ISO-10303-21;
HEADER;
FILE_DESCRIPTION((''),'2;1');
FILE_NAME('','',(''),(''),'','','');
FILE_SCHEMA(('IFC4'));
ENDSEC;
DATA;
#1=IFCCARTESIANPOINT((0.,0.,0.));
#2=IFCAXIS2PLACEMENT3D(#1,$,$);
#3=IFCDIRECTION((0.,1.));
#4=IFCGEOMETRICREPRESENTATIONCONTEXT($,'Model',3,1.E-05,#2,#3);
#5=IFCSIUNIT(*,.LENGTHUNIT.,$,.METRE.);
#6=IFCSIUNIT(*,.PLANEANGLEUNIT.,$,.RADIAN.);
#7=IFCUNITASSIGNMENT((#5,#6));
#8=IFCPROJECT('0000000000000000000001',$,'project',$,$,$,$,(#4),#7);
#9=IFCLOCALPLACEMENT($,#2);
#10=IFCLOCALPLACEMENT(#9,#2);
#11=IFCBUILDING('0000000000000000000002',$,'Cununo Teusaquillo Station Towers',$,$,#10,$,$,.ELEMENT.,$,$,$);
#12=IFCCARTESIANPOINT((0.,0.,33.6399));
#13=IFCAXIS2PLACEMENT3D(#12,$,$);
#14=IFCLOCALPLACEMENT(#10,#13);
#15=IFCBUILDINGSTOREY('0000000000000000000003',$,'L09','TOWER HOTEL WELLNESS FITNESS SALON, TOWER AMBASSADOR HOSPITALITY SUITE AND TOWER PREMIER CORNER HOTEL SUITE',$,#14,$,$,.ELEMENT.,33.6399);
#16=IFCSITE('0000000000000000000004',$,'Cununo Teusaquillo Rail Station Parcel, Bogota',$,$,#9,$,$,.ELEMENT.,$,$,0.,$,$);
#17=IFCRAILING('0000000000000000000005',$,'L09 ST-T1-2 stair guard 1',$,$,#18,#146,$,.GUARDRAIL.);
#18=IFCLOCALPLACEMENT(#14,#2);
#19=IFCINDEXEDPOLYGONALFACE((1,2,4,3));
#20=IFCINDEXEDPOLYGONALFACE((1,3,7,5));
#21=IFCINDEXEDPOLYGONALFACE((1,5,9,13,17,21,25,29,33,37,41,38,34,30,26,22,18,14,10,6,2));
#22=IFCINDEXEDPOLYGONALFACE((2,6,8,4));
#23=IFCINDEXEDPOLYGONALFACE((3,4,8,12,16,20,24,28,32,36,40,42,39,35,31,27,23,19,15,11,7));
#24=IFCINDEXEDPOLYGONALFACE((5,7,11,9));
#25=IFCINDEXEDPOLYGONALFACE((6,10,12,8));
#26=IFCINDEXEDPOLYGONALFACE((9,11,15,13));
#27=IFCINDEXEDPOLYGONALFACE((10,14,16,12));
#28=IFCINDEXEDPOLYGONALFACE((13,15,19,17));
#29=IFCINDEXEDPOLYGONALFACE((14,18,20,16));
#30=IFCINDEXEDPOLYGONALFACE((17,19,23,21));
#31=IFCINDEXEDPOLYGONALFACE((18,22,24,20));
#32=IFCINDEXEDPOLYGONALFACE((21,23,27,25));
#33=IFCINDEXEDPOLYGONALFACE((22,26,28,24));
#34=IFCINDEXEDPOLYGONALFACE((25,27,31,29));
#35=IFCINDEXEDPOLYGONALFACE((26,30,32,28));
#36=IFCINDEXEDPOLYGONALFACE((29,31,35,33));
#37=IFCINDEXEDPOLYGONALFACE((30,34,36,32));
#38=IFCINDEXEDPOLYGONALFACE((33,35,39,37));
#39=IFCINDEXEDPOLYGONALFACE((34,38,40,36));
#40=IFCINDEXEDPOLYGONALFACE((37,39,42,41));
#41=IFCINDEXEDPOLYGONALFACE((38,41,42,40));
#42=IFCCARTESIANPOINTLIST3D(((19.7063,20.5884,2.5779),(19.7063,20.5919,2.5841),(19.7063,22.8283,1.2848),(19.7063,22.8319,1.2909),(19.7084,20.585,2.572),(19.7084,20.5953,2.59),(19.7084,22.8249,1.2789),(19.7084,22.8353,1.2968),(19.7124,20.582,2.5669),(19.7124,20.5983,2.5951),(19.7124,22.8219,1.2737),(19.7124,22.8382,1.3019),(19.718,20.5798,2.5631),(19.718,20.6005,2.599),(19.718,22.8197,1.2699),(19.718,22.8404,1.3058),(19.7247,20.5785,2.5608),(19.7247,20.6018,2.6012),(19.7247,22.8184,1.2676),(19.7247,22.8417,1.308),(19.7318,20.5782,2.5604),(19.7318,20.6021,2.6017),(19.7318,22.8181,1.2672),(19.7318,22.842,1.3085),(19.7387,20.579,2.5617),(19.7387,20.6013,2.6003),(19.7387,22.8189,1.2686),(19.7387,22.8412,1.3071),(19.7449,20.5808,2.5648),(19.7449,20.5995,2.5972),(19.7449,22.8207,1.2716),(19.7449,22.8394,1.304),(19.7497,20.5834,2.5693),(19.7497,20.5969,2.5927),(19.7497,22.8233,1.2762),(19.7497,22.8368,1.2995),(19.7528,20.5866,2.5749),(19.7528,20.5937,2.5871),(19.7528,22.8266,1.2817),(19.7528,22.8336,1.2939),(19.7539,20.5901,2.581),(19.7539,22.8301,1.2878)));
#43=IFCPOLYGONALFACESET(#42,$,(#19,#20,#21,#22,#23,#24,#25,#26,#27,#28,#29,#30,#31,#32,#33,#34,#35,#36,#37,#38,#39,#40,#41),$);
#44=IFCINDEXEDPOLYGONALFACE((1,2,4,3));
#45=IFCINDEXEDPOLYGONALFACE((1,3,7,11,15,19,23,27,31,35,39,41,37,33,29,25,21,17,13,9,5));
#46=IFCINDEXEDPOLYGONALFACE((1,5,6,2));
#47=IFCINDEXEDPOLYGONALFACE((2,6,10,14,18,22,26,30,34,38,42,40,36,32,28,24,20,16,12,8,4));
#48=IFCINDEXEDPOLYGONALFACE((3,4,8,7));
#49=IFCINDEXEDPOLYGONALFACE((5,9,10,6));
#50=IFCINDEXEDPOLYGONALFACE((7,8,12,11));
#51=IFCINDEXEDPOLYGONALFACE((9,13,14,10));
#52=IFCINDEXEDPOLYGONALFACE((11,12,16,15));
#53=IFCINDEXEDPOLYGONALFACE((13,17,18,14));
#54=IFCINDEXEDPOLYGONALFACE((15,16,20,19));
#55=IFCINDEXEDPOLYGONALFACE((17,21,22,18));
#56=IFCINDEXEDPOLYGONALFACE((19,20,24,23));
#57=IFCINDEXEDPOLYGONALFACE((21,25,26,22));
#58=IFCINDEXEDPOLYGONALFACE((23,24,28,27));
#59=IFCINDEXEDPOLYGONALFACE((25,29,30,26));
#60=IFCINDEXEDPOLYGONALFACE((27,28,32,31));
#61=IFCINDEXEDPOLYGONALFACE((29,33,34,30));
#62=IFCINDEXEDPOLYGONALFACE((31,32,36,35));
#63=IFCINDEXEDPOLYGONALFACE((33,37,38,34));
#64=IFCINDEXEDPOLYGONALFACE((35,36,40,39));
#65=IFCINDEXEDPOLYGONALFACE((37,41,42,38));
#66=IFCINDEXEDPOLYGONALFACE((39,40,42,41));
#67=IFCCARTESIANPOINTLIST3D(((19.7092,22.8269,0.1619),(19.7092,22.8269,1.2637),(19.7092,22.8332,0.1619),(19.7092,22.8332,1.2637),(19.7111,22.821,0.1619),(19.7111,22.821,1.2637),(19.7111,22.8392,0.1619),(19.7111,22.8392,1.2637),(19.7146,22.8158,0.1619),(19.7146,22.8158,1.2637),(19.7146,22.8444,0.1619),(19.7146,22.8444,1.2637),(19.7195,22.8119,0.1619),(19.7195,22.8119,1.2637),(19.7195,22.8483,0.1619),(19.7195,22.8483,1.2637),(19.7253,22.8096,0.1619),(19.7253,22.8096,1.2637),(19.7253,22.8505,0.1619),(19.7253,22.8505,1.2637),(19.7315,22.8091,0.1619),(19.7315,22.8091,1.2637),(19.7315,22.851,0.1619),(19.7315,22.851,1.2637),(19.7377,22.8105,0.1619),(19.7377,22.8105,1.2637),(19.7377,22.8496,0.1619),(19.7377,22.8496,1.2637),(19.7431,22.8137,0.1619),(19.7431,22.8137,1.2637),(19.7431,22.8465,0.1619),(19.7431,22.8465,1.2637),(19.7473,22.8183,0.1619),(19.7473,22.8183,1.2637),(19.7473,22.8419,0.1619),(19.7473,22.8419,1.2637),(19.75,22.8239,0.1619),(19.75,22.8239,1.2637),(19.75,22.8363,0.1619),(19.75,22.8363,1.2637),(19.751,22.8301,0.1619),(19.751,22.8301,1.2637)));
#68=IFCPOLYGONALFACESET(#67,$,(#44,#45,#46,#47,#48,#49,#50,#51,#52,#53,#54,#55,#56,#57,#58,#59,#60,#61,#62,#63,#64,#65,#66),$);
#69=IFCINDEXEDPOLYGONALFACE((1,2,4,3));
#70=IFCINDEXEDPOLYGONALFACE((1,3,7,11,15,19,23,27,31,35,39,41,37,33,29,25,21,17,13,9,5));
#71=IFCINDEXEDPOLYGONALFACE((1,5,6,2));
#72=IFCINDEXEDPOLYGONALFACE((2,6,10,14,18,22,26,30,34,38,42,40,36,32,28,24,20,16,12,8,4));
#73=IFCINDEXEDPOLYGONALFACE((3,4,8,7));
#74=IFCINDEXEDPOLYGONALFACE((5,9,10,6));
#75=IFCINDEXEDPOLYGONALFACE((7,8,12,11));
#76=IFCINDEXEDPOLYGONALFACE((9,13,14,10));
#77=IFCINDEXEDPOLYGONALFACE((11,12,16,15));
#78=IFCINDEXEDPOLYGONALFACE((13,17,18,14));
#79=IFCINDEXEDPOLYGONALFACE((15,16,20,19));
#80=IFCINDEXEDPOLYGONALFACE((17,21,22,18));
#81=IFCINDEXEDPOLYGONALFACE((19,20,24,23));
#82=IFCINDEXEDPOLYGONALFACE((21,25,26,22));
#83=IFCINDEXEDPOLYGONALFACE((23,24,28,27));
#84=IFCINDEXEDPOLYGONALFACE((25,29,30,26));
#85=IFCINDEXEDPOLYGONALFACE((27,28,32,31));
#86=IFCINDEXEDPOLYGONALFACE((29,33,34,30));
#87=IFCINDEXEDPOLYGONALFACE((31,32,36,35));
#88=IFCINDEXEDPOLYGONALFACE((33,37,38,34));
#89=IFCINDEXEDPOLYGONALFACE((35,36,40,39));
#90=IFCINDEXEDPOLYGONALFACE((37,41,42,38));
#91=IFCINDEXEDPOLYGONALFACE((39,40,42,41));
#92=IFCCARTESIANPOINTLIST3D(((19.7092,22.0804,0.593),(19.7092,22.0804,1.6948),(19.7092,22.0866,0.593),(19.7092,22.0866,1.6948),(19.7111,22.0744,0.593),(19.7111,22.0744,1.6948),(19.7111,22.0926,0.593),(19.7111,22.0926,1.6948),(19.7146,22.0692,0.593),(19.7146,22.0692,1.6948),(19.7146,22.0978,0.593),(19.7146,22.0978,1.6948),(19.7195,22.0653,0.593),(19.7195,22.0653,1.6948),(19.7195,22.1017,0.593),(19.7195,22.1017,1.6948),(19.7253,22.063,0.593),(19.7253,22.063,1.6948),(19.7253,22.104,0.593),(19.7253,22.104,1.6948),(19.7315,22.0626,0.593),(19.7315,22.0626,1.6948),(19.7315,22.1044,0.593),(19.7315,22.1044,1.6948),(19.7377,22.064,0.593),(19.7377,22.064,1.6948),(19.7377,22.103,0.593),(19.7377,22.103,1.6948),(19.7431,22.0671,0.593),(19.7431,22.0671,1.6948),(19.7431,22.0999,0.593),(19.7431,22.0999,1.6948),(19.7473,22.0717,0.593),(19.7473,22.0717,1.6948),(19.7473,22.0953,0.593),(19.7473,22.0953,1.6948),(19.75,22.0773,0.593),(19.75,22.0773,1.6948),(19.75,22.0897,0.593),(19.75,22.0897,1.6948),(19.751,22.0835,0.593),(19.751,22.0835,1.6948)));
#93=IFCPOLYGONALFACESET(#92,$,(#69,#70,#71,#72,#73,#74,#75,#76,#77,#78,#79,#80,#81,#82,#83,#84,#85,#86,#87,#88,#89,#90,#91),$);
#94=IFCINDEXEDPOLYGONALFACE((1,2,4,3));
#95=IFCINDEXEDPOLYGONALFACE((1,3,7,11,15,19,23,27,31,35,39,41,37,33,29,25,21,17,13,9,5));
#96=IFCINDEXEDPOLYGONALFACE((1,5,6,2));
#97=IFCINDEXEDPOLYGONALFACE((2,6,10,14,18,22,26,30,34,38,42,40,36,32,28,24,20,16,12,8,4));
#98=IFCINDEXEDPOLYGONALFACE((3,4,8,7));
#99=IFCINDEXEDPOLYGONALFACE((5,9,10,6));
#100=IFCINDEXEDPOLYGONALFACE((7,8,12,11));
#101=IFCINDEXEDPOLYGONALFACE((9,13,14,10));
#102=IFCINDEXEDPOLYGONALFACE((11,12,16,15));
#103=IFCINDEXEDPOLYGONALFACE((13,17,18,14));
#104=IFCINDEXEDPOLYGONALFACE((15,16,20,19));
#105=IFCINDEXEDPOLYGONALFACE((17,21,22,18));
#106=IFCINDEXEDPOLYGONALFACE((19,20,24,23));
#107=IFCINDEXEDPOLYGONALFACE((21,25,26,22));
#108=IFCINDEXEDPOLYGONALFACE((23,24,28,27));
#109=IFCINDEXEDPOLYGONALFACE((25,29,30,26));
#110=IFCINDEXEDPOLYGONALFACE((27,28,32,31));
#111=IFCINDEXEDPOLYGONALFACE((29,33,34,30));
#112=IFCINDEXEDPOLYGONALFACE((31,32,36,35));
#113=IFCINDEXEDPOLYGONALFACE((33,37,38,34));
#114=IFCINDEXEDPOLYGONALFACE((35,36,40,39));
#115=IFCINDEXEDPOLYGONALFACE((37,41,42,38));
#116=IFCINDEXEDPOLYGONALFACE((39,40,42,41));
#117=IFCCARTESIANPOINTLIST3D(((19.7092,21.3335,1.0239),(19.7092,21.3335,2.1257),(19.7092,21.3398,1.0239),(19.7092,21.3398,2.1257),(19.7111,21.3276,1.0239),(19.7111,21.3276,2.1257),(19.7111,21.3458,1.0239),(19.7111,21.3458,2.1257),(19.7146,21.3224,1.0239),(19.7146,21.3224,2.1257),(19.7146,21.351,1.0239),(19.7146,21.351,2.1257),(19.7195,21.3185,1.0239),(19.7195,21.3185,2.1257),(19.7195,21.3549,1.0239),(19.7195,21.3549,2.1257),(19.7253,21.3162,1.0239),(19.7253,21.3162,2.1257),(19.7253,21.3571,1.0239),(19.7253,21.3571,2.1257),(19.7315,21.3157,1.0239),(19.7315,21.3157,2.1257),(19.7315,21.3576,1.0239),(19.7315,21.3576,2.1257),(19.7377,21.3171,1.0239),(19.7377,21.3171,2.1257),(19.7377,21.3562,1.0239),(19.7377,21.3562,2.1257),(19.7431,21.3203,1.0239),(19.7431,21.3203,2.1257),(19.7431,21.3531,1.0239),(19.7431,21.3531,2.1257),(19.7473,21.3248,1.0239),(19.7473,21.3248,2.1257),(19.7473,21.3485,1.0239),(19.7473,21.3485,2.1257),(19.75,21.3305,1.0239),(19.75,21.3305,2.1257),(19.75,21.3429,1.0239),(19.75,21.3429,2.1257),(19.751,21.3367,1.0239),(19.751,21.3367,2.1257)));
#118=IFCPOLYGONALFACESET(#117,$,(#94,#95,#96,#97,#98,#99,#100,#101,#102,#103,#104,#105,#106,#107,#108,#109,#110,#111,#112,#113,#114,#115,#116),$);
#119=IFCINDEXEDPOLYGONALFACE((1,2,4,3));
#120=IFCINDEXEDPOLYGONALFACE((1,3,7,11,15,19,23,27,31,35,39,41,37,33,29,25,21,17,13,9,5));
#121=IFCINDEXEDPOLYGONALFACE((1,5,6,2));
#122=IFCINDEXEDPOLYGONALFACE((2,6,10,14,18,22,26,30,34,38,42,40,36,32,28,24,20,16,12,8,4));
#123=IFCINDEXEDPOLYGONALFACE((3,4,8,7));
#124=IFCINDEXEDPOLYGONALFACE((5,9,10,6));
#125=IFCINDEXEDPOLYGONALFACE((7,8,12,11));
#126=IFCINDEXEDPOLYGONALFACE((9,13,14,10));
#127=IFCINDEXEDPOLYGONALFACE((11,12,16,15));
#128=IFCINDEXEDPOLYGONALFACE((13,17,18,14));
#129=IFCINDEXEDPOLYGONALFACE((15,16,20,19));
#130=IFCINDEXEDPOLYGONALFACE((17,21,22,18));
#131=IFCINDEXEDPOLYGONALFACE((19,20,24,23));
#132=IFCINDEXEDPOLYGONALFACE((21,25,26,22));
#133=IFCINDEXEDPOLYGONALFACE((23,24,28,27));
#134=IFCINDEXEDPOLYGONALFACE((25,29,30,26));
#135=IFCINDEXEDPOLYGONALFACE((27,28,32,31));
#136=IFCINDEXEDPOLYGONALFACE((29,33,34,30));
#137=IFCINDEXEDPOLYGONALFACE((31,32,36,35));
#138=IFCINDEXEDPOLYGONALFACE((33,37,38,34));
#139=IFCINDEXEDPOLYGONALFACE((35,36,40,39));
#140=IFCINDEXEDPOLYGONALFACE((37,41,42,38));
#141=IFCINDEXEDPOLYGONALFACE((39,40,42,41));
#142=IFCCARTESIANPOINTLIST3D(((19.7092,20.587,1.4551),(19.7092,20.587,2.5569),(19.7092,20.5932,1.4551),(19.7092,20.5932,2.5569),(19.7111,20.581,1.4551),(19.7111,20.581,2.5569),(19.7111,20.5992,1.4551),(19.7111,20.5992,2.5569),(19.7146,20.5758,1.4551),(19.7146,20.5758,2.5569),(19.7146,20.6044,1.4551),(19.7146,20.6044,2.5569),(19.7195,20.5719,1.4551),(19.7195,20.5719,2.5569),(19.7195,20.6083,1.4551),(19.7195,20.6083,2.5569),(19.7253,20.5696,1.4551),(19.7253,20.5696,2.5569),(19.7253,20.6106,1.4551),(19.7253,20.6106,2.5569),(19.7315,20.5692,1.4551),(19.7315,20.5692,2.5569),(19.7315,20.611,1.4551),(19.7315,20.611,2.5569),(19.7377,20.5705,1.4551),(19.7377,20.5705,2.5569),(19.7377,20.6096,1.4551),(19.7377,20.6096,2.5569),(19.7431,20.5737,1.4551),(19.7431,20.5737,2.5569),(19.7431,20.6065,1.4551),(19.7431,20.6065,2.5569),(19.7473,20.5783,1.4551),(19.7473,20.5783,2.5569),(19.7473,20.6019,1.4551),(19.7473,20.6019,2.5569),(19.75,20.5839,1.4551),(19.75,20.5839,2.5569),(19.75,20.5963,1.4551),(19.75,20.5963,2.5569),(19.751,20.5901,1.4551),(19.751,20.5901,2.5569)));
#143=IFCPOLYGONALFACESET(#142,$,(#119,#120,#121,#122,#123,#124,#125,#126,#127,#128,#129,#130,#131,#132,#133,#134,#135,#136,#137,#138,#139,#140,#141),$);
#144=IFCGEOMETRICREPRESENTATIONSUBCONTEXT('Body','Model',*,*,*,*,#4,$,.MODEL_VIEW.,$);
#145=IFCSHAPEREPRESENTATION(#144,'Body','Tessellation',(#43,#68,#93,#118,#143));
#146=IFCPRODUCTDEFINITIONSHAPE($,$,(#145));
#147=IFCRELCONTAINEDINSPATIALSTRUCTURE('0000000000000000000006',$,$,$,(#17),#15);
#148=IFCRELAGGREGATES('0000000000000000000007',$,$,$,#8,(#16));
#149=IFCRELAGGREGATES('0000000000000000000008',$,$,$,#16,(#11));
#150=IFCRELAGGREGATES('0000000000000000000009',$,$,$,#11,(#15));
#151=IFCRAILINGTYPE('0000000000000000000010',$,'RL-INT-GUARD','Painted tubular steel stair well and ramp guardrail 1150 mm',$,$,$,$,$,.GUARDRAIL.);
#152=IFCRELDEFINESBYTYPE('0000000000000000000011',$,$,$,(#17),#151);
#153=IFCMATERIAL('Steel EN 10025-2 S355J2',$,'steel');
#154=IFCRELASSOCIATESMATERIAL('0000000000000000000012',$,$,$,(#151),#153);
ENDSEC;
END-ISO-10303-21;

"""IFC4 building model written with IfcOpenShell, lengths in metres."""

from ifc_helpers import new_model, si_unit, direction, frame, origin, origin_2d, place, context, subcontext, project, spatial, circle, extrude, material, type_object, element, save


model = new_model("IFC4")

# Units and contexts
model_context = context("Model", 3, precision=1e-05, world=origin(), true_north=direction((0.0, 1.0)))
body_context = subcontext(model_context, "Body", "Model", "MODEL_VIEW")
ifc_project = project(units=[si_unit("LENGTHUNIT", "METRE"), si_unit("PLANEANGLEUNIT", "RADIAN")], contexts=[model_context])

# Site, building, storey
site_placement = place(None, origin())
site = spatial("IfcSite", under=ifc_project, at=site_placement, Name="Cununo Teusaquillo Rail Station Parcel, Bogota", CompositionType="ELEMENT", RefElevation=0.0)
building_placement = place(site_placement, origin())
building = spatial("IfcBuilding", under=site, at=building_placement, Name="Cununo Teusaquillo Station Towers", CompositionType="ELEMENT")
storey_placement = place(building_placement, frame((0.0, 0.0, 33.6399)))
storey = spatial("IfcBuildingStorey", under=building, at=storey_placement, Name="L09", Description="TOWER HOTEL WELLNESS FITNESS SALON, TOWER AMBASSADOR HOSPITALITY SUITE AND TOWER PREMIER CORNER HOTEL SUITE", CompositionType="ELEMENT", Elevation=33.6399)

# Railing
ifc_material_1 = material(Name="Steel EN 10025-2 S355J2", Category="steel")
railing_type_1 = type_object("IfcRailingType", Name="RL-INT-GUARD", Description="Painted tubular steel stair well and ramp guardrail 1150 mm", PredefinedType="GUARDRAIL", material=ifc_material_1)
railing_1_placement = place(storey_placement, frame((19.73, 22.8301, 0.1619)))
element("IfcRailing", 1, at=railing_1_placement, inside=storey, type_object=railing_type_1, Name="L09 ST-T1-2 stair guard 1", PredefinedType="GUARDRAIL", context=body_context, shape_type="SweptSolid", body=[
    extrude(circle(Radius=0.0239, at=origin_2d()), frame((0.0, 0.0, 1.126), z_axis=(0.0, -0.866033, 0.499987), x_axis=(1.0, 0.0, 0.0)), (0.0, 0.0, 1.0), 2.5864),
    extrude(circle(Radius=0.021, at=origin_2d()), origin(), (0.0, 0.0, 1.0), 1.1018),
    extrude(circle(Radius=0.021, at=origin_2d()), frame((0.0, -0.7466, 0.4312)), (0.0, 0.0, 1.0), 1.1018),
    extrude(circle(Radius=0.021, at=origin_2d()), frame((0.0, -1.4934, 0.8621)), (0.0, 0.0, 1.0), 1.1018),
    extrude(circle(Radius=0.021, at=origin_2d()), frame((0.0, -2.24, 1.2932)), (0.0, 0.0, 1.0), 1.1018),
])

save(model, "model.ifc")
